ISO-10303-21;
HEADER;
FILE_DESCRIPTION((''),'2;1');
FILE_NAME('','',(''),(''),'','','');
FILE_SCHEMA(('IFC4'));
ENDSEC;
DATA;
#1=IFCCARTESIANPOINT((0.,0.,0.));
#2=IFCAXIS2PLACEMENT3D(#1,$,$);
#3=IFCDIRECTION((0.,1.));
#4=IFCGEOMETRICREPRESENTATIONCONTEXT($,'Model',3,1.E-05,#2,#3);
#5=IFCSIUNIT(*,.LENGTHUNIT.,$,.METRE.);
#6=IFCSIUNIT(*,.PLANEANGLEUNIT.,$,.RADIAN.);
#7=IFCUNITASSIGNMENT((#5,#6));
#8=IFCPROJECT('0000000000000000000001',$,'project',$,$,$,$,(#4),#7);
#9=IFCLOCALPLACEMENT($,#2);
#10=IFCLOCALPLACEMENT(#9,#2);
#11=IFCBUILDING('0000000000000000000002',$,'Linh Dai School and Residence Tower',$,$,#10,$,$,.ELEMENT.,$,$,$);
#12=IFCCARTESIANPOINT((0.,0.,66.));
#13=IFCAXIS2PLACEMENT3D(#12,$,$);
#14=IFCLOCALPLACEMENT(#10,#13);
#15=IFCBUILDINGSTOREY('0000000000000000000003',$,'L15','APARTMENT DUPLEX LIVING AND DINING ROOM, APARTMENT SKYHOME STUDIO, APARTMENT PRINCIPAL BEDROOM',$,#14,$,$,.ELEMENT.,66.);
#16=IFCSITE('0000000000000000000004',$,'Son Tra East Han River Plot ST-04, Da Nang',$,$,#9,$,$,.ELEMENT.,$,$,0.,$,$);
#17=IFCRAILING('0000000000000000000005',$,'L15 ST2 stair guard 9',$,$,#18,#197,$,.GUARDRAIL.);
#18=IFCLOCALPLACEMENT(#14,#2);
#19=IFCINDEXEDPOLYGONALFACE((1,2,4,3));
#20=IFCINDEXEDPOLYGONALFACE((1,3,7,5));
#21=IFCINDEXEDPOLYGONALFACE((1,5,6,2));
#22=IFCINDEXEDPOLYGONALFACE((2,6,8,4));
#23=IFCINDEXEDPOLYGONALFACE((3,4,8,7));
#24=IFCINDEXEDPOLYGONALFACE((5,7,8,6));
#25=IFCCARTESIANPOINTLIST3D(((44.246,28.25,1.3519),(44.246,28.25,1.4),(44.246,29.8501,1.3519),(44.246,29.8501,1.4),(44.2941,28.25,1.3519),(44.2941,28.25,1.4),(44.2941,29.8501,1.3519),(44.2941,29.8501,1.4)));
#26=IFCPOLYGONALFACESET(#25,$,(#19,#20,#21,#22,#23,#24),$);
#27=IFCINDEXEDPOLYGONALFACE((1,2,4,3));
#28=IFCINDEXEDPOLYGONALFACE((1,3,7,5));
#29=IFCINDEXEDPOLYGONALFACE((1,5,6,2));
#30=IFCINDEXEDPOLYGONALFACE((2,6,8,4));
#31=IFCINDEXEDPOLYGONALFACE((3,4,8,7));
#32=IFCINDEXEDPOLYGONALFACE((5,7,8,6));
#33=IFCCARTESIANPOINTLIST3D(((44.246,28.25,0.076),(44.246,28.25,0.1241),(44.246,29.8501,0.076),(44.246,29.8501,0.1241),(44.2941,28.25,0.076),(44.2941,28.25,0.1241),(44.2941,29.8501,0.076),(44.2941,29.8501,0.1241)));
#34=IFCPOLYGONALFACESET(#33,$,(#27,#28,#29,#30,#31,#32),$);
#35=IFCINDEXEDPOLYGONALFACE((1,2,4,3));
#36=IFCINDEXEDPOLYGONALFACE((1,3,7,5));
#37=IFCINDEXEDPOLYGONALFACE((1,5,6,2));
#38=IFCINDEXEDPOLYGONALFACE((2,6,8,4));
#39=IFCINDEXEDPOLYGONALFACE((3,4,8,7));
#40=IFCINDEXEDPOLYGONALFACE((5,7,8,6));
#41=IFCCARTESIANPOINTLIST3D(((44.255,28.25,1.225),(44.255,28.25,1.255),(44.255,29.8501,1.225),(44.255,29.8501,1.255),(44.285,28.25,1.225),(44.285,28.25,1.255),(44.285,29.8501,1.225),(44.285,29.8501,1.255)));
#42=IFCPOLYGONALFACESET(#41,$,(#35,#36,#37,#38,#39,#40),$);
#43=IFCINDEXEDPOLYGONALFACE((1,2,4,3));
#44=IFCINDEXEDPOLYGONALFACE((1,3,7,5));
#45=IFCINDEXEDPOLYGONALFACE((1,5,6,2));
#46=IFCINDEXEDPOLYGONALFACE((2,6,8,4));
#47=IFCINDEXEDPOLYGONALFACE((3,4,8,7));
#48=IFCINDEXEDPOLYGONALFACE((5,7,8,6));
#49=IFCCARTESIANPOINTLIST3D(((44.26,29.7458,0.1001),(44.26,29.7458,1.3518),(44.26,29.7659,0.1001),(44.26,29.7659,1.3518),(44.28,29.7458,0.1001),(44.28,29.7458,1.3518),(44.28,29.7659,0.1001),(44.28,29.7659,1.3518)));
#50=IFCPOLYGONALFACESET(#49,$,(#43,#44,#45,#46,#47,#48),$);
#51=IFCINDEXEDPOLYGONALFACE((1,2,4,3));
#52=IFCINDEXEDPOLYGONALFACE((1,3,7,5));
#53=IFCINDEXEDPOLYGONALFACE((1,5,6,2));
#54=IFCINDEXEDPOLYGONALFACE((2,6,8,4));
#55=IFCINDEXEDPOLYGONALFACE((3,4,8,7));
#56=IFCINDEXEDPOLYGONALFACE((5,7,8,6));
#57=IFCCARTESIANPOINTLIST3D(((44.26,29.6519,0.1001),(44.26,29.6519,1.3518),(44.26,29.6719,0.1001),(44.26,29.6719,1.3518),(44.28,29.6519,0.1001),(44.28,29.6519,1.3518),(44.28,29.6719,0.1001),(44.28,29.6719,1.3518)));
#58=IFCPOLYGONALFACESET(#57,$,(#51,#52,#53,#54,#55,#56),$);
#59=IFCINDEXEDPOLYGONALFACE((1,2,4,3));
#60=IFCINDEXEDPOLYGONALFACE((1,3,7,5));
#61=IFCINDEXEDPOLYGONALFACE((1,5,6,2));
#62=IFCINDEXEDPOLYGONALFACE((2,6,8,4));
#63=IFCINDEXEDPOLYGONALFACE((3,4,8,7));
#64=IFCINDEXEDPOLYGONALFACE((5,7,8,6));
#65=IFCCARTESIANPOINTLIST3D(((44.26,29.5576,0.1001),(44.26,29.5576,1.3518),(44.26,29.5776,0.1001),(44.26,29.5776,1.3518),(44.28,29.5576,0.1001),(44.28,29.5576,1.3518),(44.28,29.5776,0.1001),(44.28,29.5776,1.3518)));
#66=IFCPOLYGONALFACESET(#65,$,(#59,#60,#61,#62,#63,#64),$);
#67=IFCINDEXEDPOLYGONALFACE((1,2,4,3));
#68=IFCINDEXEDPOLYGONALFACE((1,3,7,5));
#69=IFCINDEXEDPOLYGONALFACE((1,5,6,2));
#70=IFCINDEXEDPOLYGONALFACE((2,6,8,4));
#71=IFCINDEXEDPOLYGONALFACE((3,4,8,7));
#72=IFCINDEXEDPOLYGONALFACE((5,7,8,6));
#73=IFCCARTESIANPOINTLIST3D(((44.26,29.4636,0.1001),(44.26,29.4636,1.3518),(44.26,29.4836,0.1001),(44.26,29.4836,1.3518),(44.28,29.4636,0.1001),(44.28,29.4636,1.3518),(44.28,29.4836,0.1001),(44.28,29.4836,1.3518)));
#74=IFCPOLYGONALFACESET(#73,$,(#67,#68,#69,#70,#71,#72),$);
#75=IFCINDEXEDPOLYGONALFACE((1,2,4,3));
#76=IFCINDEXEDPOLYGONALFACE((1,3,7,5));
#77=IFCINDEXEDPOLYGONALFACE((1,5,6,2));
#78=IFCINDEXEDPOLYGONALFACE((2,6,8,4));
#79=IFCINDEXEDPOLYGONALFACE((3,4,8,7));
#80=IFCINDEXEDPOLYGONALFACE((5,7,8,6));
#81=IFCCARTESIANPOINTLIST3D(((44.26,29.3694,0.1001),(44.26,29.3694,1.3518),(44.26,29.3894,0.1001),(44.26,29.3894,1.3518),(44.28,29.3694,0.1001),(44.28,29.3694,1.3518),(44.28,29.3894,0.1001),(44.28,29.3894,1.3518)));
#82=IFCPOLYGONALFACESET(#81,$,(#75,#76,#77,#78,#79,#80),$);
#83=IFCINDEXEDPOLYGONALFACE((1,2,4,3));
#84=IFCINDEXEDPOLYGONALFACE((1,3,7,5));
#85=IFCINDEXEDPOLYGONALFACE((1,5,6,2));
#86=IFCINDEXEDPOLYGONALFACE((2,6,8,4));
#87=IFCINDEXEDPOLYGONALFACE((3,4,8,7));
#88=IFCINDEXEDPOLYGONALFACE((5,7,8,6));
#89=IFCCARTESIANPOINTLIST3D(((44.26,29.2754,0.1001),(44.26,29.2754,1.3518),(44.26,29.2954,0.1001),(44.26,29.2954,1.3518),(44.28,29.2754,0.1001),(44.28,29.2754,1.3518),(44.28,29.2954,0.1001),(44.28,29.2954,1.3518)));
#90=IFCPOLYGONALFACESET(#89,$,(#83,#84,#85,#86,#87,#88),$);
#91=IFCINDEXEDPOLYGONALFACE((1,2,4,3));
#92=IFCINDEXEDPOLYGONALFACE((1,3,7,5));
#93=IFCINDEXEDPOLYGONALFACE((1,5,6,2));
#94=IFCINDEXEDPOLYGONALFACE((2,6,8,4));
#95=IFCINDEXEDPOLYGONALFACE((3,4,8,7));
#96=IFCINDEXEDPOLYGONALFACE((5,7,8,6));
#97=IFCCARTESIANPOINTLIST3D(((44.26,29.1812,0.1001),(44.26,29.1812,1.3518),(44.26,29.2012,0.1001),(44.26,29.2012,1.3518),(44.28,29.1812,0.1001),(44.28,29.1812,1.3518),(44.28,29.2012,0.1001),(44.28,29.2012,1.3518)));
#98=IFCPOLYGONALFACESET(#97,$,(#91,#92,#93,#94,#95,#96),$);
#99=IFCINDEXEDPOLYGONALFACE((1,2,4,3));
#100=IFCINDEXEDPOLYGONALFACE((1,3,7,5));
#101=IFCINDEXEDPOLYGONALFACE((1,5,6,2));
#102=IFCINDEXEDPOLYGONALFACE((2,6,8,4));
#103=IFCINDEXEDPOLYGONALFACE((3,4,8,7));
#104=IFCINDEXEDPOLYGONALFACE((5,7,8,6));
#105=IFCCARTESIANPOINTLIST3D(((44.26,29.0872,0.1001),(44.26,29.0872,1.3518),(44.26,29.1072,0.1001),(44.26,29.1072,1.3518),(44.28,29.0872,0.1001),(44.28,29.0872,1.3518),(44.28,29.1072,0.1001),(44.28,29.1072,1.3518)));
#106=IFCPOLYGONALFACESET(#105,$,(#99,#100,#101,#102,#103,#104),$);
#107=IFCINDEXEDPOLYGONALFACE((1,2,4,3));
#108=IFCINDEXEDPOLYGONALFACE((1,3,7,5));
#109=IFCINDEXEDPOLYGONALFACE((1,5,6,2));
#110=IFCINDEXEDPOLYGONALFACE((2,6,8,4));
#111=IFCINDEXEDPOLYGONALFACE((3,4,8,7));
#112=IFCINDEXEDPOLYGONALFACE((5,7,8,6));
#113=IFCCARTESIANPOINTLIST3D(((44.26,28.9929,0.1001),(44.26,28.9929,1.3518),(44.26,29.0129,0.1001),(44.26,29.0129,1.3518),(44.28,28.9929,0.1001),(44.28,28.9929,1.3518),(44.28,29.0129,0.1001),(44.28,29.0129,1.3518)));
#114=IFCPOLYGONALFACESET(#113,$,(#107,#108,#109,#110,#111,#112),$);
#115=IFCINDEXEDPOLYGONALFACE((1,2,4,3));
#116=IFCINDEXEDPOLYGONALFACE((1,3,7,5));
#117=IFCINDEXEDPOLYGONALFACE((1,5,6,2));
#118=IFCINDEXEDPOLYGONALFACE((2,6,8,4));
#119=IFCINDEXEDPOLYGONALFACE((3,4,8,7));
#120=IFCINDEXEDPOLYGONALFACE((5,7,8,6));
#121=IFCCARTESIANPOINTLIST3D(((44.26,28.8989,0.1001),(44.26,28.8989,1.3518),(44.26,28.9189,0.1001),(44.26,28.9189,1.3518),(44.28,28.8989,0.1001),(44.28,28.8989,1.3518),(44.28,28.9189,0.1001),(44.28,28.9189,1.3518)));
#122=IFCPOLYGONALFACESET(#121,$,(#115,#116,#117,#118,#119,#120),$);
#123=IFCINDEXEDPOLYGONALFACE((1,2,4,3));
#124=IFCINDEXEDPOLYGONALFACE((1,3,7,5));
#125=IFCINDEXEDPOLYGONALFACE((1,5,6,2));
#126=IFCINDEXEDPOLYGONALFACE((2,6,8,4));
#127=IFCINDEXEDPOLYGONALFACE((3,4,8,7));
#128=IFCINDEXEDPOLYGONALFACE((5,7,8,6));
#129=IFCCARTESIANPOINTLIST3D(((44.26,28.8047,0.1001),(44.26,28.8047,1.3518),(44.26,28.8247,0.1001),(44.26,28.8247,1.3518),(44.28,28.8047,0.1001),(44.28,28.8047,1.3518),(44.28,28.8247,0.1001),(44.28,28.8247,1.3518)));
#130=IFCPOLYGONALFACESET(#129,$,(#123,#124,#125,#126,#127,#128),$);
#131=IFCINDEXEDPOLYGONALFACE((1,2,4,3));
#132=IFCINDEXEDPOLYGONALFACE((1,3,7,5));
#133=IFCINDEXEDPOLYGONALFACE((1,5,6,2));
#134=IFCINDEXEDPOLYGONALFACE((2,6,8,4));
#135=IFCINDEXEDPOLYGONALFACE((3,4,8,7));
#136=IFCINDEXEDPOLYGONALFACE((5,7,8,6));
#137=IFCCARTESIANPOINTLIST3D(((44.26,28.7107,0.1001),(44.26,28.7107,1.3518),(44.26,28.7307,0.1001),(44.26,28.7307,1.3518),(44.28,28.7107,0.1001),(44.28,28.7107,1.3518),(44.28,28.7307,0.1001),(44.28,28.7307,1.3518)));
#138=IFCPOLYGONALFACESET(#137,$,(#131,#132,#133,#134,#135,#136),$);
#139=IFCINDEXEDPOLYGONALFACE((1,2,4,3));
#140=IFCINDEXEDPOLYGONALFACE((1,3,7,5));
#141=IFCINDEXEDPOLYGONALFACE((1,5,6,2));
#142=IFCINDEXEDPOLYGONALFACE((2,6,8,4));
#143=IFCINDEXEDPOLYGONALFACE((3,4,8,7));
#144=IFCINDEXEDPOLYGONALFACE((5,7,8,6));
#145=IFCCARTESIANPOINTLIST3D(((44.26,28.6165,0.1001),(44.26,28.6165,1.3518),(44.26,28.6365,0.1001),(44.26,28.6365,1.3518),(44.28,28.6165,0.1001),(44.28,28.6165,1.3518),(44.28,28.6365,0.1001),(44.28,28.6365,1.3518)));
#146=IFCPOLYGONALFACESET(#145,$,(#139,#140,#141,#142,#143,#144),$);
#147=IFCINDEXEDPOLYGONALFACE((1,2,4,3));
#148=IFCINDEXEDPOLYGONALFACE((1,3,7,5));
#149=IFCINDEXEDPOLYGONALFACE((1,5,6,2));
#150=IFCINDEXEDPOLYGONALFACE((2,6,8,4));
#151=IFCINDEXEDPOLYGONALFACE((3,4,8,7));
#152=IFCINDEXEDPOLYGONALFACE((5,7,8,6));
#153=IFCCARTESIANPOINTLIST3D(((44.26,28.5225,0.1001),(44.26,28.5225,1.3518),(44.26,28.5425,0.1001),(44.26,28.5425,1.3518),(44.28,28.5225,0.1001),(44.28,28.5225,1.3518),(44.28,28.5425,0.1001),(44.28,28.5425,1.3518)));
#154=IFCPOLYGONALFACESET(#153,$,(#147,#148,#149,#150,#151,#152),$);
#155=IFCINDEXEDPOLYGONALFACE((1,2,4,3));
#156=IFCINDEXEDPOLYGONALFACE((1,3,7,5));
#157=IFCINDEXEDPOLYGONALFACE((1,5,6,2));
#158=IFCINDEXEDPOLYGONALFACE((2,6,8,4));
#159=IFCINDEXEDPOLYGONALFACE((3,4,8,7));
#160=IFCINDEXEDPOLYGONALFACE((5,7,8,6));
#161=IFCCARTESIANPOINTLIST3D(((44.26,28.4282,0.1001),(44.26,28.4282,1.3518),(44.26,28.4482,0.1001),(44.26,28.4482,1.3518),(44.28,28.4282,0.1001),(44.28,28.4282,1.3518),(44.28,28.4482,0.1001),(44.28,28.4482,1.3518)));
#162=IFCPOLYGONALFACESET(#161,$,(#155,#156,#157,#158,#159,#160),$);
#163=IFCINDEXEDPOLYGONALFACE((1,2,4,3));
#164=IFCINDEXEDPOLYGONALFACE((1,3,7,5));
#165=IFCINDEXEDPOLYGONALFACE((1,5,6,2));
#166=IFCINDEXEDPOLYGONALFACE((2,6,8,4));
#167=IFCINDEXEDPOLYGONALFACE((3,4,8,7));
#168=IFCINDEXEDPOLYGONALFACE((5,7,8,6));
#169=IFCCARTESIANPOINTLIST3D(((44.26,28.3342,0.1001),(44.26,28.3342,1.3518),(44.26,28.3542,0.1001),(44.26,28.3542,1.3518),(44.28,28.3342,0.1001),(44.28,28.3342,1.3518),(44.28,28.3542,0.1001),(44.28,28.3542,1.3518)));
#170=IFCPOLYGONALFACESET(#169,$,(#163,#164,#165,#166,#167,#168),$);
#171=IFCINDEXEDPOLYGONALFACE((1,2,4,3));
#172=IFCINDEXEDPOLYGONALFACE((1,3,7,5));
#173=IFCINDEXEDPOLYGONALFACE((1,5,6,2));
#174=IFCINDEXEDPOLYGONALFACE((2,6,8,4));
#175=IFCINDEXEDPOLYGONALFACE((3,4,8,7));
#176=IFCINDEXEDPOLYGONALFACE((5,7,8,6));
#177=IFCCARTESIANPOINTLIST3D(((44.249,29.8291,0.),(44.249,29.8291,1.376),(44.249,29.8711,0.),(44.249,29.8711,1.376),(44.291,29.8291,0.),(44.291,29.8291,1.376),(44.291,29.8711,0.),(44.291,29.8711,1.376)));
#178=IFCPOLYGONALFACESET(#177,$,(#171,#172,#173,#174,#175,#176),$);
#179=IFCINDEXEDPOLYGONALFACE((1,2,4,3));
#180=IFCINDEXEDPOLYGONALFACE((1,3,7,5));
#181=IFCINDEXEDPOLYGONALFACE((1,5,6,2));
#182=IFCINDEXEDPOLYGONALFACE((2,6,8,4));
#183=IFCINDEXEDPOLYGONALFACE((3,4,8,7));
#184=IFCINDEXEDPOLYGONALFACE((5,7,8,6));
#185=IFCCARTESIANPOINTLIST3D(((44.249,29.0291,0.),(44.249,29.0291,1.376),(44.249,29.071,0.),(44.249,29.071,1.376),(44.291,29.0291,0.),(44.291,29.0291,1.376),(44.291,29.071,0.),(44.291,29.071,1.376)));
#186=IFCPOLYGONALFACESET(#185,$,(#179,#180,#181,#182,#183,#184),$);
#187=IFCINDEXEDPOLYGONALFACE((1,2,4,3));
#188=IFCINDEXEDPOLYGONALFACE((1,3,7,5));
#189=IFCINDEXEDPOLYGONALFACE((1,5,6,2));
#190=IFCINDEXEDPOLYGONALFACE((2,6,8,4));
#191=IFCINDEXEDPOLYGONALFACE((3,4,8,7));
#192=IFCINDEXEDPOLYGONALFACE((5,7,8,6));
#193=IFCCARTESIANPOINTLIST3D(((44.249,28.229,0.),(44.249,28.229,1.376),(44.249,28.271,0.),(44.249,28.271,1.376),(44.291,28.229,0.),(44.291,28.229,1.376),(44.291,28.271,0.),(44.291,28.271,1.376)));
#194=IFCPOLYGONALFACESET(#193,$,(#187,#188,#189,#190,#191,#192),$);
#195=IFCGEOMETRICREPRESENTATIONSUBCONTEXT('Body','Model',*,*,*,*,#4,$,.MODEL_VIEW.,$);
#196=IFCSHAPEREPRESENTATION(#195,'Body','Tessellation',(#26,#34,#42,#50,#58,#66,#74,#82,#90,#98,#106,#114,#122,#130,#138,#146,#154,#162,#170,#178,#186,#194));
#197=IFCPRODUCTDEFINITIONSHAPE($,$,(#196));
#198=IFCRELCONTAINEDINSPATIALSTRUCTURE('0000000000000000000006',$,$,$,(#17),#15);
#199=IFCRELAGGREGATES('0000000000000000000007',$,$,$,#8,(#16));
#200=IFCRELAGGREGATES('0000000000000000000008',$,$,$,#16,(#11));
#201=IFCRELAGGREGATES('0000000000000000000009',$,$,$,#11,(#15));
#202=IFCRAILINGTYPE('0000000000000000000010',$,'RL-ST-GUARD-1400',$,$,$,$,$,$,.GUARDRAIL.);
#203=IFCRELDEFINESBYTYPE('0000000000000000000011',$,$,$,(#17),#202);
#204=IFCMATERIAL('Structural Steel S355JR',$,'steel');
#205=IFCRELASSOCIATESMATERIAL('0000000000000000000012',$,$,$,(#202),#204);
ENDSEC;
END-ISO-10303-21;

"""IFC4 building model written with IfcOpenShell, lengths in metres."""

from ifc_helpers import new_model, si_unit, direction, frame, origin, origin_2d, place, context, subcontext, project, spatial, rectangle, extrude, source, transform, mapped, material, type_object, element, save


model = new_model("IFC4")

# Units and contexts
model_context = context("Model", 3, precision=1e-05, world=origin(), true_north=direction((0.0, 1.0)))
body_context = subcontext(model_context, "Body", "Model", "MODEL_VIEW")
ifc_project = project(units=[si_unit("LENGTHUNIT", "METRE"), si_unit("PLANEANGLEUNIT", "RADIAN")], contexts=[model_context])

# Site, building, storey
site_placement = place(None, origin())
site = spatial("IfcSite", under=ifc_project, at=site_placement, Name="Son Tra East Han River Plot ST-04, Da Nang", CompositionType="ELEMENT", RefElevation=0.0)
building_placement = place(site_placement, origin())
building = spatial("IfcBuilding", under=site, at=building_placement, Name="Linh Dai School and Residence Tower", CompositionType="ELEMENT")
storey_placement = place(building_placement, frame((0.0, 0.0, 66.0)))
storey = spatial("IfcBuildingStorey", under=building, at=storey_placement, Name="L15", Description="APARTMENT DUPLEX LIVING AND DINING ROOM, APARTMENT SKYHOME STUDIO, APARTMENT PRINCIPAL BEDROOM", CompositionType="ELEMENT", Elevation=66.0)

# Shared definitions
ifc_material_1 = material(Name="Structural Steel S355JR", Category="steel")

# Railing
railing_type_1 = type_object("IfcRailingType", Name="RL-ST-GUARD-1400", PredefinedType="GUARDRAIL", material=ifc_material_1)
shared_shape_1 = source(origin(), body_context, "Body", "SweptSolid", [
    extrude(rectangle(XDim=0.0481, YDim=0.0481, at=origin_2d()), frame((0.0, 0.0, 1.376), z_axis=(0.0, -1.0, 0.0), x_axis=(1.0, 0.0, 0.0)), (0.0, 0.0, 1.0), 1.6001),
    extrude(rectangle(XDim=0.0481, YDim=0.0481, at=origin_2d()), frame((0.0, 0.0, 0.1001), z_axis=(0.0, -1.0, 0.0), x_axis=(1.0, 0.0, 0.0)), (0.0, 0.0, 1.0), 1.6001),
    extrude(rectangle(XDim=0.03, YDim=0.03, at=origin_2d()), frame((0.0, 0.0, 1.24), z_axis=(0.0, -1.0, 0.0), x_axis=(1.0, 0.0, 0.0)), (0.0, 0.0, 1.0), 1.6001),
    extrude(rectangle(XDim=0.02, YDim=0.02, at=origin_2d()), frame((0.0, -0.0942, 0.1001)), (0.0, 0.0, 1.0), 1.2517),
    extrude(rectangle(XDim=0.02, YDim=0.02, at=origin_2d()), frame((0.0, -0.1882, 0.1001)), (0.0, 0.0, 1.0), 1.2517),
    extrude(rectangle(XDim=0.02, YDim=0.02, at=origin_2d()), frame((0.0, -0.2825, 0.1001)), (0.0, 0.0, 1.0), 1.2517),
    extrude(rectangle(XDim=0.02, YDim=0.02, at=origin_2d()), frame((0.0, -0.3765, 0.1001)), (0.0, 0.0, 1.0), 1.2517),
    extrude(rectangle(XDim=0.02, YDim=0.02, at=origin_2d()), frame((0.0, -0.4707, 0.1001)), (0.0, 0.0, 1.0), 1.2517),
    extrude(rectangle(XDim=0.02, YDim=0.02, at=origin_2d()), frame((0.0, -0.5647, 0.1001)), (0.0, 0.0, 1.0), 1.2517),
    extrude(rectangle(XDim=0.02, YDim=0.02, at=origin_2d()), frame((0.0, -0.6589, 0.1001)), (0.0, 0.0, 1.0), 1.2517),
    extrude(rectangle(XDim=0.02, YDim=0.02, at=origin_2d()), frame((0.0, -0.7529, 0.1001)), (0.0, 0.0, 1.0), 1.2517),
    extrude(rectangle(XDim=0.02, YDim=0.02, at=origin_2d()), frame((0.0, -0.8472, 0.1001)), (0.0, 0.0, 1.0), 1.2517),
    extrude(rectangle(XDim=0.02, YDim=0.02, at=origin_2d()), frame((0.0, -0.9412, 0.1001)), (0.0, 0.0, 1.0), 1.2517),
    extrude(rectangle(XDim=0.02, YDim=0.02, at=origin_2d()), frame((0.0, -1.0354, 0.1001)), (0.0, 0.0, 1.0), 1.2517),
    extrude(rectangle(XDim=0.02, YDim=0.02, at=origin_2d()), frame((0.0, -1.1294, 0.1001)), (0.0, 0.0, 1.0), 1.2517),
    extrude(rectangle(XDim=0.02, YDim=0.02, at=origin_2d()), frame((0.0, -1.2236, 0.1001)), (0.0, 0.0, 1.0), 1.2517),
    extrude(rectangle(XDim=0.02, YDim=0.02, at=origin_2d()), frame((0.0, -1.3176, 0.1001)), (0.0, 0.0, 1.0), 1.2517),
    extrude(rectangle(XDim=0.02, YDim=0.02, at=origin_2d()), frame((0.0, -1.4119, 0.1001)), (0.0, 0.0, 1.0), 1.2517),
    extrude(rectangle(XDim=0.02, YDim=0.02, at=origin_2d()), frame((0.0, -1.5059, 0.1001)), (0.0, 0.0, 1.0), 1.2517),
    extrude(rectangle(XDim=0.042, YDim=0.042, at=origin_2d()), origin(), (0.0, 0.0, 1.0), 1.376),
    extrude(rectangle(XDim=0.042, YDim=0.042, at=origin_2d()), frame((0.0, -0.8, 0.0)), (0.0, 0.0, 1.0), 1.376),
    extrude(rectangle(XDim=0.042, YDim=0.042, at=origin_2d()), frame((0.0, -1.6001, 0.0)), (0.0, 0.0, 1.0), 1.376),
])
for number, where, name in (
    (1, (44.27, 29.8501, 0.0), "L15 ST2 stair guard 9"),
):
    element("IfcRailing", number, at=place(storey_placement, frame(where)), inside=storey, type_object=railing_type_1, Name=name, PredefinedType="GUARDRAIL", context=body_context, shape_type="MappedRepresentation", body=[
        mapped(shared_shape_1, transform((0.0, 0.0, 0.0), x_axis=(1.0, 0.0, 0.0), y_axis=(0.0, 1.0, 0.0), z_axis=(0.0, 0.0, 1.0), scale=1.0)),
    ])

save(model, "model.ifc")
